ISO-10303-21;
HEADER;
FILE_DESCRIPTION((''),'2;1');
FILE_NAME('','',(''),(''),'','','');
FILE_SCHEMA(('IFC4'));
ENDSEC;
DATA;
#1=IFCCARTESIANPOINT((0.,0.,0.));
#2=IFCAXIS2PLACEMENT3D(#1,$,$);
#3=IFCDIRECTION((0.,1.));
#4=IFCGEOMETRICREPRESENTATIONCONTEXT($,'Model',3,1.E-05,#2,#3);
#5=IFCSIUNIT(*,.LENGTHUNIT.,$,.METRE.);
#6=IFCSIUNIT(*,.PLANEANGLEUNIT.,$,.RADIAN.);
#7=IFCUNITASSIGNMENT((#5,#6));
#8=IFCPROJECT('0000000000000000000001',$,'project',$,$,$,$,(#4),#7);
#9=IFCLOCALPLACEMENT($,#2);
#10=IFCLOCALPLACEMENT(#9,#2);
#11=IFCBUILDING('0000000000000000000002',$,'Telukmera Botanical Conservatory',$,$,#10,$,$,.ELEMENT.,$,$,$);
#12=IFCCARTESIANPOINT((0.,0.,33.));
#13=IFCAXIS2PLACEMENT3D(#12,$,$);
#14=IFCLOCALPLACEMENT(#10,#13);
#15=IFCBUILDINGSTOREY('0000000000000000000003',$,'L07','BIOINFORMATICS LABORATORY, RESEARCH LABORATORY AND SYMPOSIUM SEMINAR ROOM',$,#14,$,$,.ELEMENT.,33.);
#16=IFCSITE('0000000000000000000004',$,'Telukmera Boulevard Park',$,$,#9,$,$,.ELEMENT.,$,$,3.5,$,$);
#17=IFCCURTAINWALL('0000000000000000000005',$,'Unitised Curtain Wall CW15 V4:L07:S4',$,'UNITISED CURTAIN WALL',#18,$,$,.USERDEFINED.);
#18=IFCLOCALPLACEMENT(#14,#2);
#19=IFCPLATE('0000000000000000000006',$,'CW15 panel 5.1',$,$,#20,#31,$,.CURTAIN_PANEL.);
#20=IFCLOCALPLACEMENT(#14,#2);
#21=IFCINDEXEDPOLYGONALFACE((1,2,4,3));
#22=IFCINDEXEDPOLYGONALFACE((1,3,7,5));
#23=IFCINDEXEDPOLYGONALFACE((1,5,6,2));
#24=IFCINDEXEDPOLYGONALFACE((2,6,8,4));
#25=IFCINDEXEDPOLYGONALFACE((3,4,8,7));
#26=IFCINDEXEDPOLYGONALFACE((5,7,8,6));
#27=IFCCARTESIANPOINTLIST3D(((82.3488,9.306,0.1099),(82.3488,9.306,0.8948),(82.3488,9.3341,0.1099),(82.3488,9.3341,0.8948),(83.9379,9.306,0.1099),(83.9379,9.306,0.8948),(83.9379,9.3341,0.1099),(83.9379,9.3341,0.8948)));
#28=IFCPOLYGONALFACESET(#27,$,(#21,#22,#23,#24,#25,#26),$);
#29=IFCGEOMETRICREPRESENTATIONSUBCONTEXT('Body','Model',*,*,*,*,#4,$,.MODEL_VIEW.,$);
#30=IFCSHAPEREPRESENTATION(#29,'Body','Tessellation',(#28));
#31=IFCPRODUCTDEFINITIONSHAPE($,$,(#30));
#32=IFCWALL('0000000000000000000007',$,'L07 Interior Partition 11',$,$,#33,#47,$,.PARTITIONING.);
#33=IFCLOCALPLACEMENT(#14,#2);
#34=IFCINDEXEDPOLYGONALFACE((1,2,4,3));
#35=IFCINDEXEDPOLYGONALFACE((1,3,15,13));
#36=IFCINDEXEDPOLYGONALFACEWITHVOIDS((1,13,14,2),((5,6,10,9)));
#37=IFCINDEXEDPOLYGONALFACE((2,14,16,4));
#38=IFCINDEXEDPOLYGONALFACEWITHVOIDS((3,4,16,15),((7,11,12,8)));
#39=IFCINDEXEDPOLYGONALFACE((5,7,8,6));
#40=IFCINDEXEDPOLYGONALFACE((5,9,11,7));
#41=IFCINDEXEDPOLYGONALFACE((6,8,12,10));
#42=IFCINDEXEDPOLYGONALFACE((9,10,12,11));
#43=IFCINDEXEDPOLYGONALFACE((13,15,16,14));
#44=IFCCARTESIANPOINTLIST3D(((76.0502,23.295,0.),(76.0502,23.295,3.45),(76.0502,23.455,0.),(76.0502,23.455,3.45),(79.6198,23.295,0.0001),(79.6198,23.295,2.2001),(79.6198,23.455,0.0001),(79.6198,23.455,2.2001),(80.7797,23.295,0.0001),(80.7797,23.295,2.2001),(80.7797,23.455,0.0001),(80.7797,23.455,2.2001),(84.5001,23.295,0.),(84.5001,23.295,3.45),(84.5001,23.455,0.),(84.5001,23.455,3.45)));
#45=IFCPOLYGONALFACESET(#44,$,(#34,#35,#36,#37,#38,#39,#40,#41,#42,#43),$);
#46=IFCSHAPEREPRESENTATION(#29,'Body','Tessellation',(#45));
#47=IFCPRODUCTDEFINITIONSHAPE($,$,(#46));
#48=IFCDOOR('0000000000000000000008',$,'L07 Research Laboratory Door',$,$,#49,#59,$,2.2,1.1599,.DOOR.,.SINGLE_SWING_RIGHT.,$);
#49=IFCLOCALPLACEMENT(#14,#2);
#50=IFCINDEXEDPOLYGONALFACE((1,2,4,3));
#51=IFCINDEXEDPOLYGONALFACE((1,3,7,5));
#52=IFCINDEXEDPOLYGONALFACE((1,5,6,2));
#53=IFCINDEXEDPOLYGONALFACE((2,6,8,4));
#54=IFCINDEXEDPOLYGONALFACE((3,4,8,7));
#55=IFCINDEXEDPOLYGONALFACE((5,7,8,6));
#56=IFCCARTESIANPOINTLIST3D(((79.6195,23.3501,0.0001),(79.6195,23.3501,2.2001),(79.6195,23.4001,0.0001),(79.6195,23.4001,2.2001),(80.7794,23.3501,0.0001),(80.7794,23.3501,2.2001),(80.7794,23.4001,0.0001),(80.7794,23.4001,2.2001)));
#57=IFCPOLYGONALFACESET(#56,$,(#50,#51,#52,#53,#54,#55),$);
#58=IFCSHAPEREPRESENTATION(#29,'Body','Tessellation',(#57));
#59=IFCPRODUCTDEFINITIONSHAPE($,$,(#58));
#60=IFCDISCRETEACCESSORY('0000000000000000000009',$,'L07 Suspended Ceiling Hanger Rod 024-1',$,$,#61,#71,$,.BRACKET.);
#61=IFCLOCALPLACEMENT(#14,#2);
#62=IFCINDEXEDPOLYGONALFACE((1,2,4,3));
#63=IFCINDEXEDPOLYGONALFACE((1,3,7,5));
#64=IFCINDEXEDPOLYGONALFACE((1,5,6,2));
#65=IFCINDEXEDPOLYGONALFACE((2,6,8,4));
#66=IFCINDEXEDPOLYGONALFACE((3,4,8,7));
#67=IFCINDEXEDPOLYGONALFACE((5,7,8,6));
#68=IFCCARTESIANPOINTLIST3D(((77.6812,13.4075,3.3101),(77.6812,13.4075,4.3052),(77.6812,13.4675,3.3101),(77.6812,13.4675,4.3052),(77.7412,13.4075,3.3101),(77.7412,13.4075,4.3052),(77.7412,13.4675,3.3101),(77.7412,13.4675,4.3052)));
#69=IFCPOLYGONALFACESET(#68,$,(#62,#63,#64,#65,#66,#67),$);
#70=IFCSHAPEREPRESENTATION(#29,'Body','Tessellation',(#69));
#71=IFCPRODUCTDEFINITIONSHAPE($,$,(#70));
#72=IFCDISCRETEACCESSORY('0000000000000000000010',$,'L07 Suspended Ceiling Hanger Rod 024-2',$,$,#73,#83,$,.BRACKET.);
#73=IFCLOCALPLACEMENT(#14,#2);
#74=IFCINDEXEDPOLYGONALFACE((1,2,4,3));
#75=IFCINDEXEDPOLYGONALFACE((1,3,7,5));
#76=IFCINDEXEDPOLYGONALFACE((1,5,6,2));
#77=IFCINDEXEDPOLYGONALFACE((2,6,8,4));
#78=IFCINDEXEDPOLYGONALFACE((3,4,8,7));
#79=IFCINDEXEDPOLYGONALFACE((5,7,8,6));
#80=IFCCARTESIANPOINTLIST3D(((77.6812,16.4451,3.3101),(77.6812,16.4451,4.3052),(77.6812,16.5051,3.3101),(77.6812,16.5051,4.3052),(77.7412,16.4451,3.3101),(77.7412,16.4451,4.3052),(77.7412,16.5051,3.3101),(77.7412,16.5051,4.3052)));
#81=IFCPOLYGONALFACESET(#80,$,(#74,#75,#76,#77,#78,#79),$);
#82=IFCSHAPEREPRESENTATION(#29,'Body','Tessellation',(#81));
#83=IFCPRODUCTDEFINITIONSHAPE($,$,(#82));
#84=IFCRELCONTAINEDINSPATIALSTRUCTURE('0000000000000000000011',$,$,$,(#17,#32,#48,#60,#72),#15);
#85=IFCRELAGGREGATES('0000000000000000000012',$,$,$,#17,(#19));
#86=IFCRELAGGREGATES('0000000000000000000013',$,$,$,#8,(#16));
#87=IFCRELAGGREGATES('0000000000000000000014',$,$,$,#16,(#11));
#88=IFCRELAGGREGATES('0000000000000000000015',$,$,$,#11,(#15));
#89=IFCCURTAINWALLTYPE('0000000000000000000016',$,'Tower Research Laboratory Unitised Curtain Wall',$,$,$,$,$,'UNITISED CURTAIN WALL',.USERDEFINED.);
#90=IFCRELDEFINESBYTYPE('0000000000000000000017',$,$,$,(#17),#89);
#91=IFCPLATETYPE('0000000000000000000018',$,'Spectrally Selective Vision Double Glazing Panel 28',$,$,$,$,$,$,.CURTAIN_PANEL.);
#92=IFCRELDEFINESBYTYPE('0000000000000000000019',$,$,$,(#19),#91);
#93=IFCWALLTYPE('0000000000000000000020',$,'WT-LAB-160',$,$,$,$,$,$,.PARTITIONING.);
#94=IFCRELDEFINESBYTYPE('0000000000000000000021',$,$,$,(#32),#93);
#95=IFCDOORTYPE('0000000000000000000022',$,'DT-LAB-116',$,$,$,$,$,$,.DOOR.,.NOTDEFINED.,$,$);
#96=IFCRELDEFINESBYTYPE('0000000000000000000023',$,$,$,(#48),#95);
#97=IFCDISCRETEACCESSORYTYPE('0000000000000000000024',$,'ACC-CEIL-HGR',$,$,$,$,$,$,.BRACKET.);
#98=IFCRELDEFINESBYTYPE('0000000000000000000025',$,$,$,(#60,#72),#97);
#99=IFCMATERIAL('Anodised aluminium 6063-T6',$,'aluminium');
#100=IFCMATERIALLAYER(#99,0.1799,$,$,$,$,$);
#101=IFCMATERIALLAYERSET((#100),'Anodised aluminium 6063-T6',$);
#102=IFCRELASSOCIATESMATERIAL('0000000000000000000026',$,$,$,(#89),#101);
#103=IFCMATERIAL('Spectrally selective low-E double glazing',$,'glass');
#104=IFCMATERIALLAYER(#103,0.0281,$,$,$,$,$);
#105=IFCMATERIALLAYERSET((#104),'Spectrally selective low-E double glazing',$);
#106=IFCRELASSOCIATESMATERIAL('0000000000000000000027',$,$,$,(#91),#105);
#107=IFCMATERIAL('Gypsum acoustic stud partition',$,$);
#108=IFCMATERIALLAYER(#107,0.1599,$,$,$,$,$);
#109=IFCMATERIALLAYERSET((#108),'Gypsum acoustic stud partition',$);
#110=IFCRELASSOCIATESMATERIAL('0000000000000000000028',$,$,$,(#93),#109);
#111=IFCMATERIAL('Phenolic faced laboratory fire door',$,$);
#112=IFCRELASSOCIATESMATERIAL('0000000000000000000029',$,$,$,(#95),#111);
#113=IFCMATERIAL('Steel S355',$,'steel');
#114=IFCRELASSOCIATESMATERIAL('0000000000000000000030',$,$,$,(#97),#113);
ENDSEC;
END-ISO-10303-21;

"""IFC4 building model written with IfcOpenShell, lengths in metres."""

from ifc_helpers import new_model, si_unit, direction, frame, frame_2d, origin, origin_2d, place, context, subcontext, project, spatial, rectangle, extrude, material, layer, layer_set, type_object, element, fill, aggregate, save


model = new_model("IFC4")

# Units and contexts
model_context = context("Model", 3, precision=1e-05, world=origin(), true_north=direction((0.0, 1.0)))
body_context = subcontext(model_context, "Body", "Model", "MODEL_VIEW")
ifc_project = project(units=[si_unit("LENGTHUNIT", "METRE"), si_unit("PLANEANGLEUNIT", "RADIAN")], contexts=[model_context])

# Site, building, storey
site_placement = place(None, origin())
site = spatial("IfcSite", under=ifc_project, at=site_placement, Name="Telukmera Boulevard Park", CompositionType="ELEMENT", RefElevation=3.5)
building_placement = place(site_placement, origin())
building = spatial("IfcBuilding", under=site, at=building_placement, Name="Telukmera Botanical Conservatory", CompositionType="ELEMENT")
storey_placement = place(building_placement, frame((0.0, 0.0, 33.0)))
storey = spatial("IfcBuildingStorey", under=building, at=storey_placement, Name="L07", Description="BIOINFORMATICS LABORATORY, RESEARCH LABORATORY AND SYMPOSIUM SEMINAR ROOM", CompositionType="ELEMENT", Elevation=33.0)

# Curtain wall, plate
ifc_material_1 = material(Name="Anodised aluminium 6063-T6", Category="aluminium")
ifc_layer_1 = layer(ifc_material_1, 0.1799)
ifc_layer_set_1 = layer_set([ifc_layer_1], Name="Anodised aluminium 6063-T6")
curtain_wall_type = type_object("IfcCurtainWallType", Name="Tower Research Laboratory Unitised Curtain Wall", ElementType="UNITISED CURTAIN WALL", PredefinedType="USERDEFINED", material=ifc_layer_set_1)
curtain_wall_placement = place(storey_placement, origin())
curtain_wall = element("IfcCurtainWall", 1, at=curtain_wall_placement, inside=storey, type_object=curtain_wall_type, Name="Unitised Curtain Wall CW15 V4:L07:S4", ObjectType="UNITISED CURTAIN WALL", PredefinedType="USERDEFINED")
ifc_material_2 = material(Name="Spectrally selective low-E double glazing", Category="glass")
ifc_layer_2 = layer(ifc_material_2, 0.0281)
ifc_layer_set_2 = layer_set([ifc_layer_2], Name="Spectrally selective low-E double glazing")
plate_type = type_object("IfcPlateType", Name="Spectrally Selective Vision Double Glazing Panel 28", PredefinedType="CURTAIN_PANEL", material=ifc_layer_set_2)
plate_placement = place(storey_placement, frame((83.1433, 9.3201, 0.1099), z_axis=(0.0, 0.0, 1.0), x_axis=(1.0, 0.0, 0.0)))
plate = element("IfcPlate", 2, at=plate_placement, type_object=plate_type, Name="CW15 panel 5.1", PredefinedType="CURTAIN_PANEL", context=body_context, shape_type="SweptSolid", body=[
    extrude(rectangle(XDim=1.5891, YDim=0.0281, at=origin_2d()), origin(), (0.0, 0.0, 1.0), 0.7849),
])
aggregate(curtain_wall, [plate])

# Wall, opening, door
ifc_material_3 = material(Name="Gypsum acoustic stud partition")
ifc_layer_3 = layer(ifc_material_3, 0.1599)
ifc_layer_set_3 = layer_set([ifc_layer_3], Name="Gypsum acoustic stud partition")
wall_type = type_object("IfcWallType", Name="WT-LAB-160", PredefinedType="PARTITIONING", material=ifc_layer_set_3)
wall_placement = place(storey_placement, frame((76.05, 23.375, 0.0), z_axis=(0.0, 0.0, 1.0), x_axis=(1.0, 0.0, 0.0)))
wall = element("IfcWall", 3, at=wall_placement, inside=storey, type_object=wall_type, Name="L07 Interior Partition 11", PredefinedType="PARTITIONING", context=body_context, shape_type="SweptSolid", body=[
    extrude(rectangle(XDim=8.45, YDim=0.1599, at=frame_2d((4.2251, 0.0))), origin(), (0.0, 0.0, 1.0), 3.45),
])
opening_placement = place(wall_placement, frame((3.5696, 0.0, 0.0)))
opening = element("IfcOpeningElement", 4, at=opening_placement, cuts=wall, PredefinedType="OPENING", context=body_context, shape_type="SweptSolid", body=[
    extrude(rectangle(XDim=1.1599, YDim=2.2, at=frame_2d((0.5801, 1.1001))), frame((0.0, 0.0898, 0.0), z_axis=(0.0, -1.0, 0.0), x_axis=(1.0, 0.0, 0.0)), (0.0, 0.0, 1.0), 0.1799),
])
ifc_material_4 = material(Name="Phenolic faced laboratory fire door")
door_type = type_object("IfcDoorType", Name="DT-LAB-116", OperationType="NOTDEFINED", PredefinedType="DOOR", material=ifc_material_4)
door_placement = place(opening_placement, frame((1.1599, 0.0, 0.0), z_axis=(0.0, 0.0, 1.0), x_axis=(-1.0, 0.0, 0.0)))
door = element("IfcDoor", 5, at=door_placement, inside=storey, type_object=door_type, Name="L07 Research Laboratory Door", OperationType="SINGLE_SWING_RIGHT", OverallHeight=2.2, OverallWidth=1.1599, PredefinedType="DOOR", context=body_context, shape_type="SweptSolid", body=[
    extrude(rectangle(XDim=1.1599, YDim=2.2, at=frame_2d((0.5801, 1.1001))), frame((0.0, 0.0249, 0.0), z_axis=(0.0, -1.0, 0.0), x_axis=(1.0, 0.0, 0.0)), (0.0, 0.0, 1.0), 0.05),
])
fill(opening, door)

# Discrete accessories
ifc_material_5 = material(Name="Steel S355", Category="steel")
discrete_accessory_type = type_object("IfcDiscreteAccessoryType", Name="ACC-CEIL-HGR", PredefinedType="BRACKET", material=ifc_material_5)
for number, where, z_axis, x_axis, name in (
    (6, (77.7112, 13.4375, 3.3101), (0.0, 0.0, 1.0), (1.0, 0.0, 0.0), "L07 Suspended Ceiling Hanger Rod 024-1"),
    (7, (77.7112, 16.4751, 3.3101), (0.0, 0.0, 1.0), (1.0, 0.0, 0.0), "L07 Suspended Ceiling Hanger Rod 024-2"),
):
    element("IfcDiscreteAccessory", number, at=place(storey_placement, frame(where, z_axis=z_axis, x_axis=x_axis)), inside=storey, type_object=discrete_accessory_type, Name=name, PredefinedType="BRACKET", context=body_context, shape_type="SweptSolid", body=[
        extrude(rectangle(XDim=0.0601, YDim=0.0601, at=origin_2d()), origin(), (0.0, 0.0, 1.0), 0.9951),
    ])

save(model, "model.ifc")
